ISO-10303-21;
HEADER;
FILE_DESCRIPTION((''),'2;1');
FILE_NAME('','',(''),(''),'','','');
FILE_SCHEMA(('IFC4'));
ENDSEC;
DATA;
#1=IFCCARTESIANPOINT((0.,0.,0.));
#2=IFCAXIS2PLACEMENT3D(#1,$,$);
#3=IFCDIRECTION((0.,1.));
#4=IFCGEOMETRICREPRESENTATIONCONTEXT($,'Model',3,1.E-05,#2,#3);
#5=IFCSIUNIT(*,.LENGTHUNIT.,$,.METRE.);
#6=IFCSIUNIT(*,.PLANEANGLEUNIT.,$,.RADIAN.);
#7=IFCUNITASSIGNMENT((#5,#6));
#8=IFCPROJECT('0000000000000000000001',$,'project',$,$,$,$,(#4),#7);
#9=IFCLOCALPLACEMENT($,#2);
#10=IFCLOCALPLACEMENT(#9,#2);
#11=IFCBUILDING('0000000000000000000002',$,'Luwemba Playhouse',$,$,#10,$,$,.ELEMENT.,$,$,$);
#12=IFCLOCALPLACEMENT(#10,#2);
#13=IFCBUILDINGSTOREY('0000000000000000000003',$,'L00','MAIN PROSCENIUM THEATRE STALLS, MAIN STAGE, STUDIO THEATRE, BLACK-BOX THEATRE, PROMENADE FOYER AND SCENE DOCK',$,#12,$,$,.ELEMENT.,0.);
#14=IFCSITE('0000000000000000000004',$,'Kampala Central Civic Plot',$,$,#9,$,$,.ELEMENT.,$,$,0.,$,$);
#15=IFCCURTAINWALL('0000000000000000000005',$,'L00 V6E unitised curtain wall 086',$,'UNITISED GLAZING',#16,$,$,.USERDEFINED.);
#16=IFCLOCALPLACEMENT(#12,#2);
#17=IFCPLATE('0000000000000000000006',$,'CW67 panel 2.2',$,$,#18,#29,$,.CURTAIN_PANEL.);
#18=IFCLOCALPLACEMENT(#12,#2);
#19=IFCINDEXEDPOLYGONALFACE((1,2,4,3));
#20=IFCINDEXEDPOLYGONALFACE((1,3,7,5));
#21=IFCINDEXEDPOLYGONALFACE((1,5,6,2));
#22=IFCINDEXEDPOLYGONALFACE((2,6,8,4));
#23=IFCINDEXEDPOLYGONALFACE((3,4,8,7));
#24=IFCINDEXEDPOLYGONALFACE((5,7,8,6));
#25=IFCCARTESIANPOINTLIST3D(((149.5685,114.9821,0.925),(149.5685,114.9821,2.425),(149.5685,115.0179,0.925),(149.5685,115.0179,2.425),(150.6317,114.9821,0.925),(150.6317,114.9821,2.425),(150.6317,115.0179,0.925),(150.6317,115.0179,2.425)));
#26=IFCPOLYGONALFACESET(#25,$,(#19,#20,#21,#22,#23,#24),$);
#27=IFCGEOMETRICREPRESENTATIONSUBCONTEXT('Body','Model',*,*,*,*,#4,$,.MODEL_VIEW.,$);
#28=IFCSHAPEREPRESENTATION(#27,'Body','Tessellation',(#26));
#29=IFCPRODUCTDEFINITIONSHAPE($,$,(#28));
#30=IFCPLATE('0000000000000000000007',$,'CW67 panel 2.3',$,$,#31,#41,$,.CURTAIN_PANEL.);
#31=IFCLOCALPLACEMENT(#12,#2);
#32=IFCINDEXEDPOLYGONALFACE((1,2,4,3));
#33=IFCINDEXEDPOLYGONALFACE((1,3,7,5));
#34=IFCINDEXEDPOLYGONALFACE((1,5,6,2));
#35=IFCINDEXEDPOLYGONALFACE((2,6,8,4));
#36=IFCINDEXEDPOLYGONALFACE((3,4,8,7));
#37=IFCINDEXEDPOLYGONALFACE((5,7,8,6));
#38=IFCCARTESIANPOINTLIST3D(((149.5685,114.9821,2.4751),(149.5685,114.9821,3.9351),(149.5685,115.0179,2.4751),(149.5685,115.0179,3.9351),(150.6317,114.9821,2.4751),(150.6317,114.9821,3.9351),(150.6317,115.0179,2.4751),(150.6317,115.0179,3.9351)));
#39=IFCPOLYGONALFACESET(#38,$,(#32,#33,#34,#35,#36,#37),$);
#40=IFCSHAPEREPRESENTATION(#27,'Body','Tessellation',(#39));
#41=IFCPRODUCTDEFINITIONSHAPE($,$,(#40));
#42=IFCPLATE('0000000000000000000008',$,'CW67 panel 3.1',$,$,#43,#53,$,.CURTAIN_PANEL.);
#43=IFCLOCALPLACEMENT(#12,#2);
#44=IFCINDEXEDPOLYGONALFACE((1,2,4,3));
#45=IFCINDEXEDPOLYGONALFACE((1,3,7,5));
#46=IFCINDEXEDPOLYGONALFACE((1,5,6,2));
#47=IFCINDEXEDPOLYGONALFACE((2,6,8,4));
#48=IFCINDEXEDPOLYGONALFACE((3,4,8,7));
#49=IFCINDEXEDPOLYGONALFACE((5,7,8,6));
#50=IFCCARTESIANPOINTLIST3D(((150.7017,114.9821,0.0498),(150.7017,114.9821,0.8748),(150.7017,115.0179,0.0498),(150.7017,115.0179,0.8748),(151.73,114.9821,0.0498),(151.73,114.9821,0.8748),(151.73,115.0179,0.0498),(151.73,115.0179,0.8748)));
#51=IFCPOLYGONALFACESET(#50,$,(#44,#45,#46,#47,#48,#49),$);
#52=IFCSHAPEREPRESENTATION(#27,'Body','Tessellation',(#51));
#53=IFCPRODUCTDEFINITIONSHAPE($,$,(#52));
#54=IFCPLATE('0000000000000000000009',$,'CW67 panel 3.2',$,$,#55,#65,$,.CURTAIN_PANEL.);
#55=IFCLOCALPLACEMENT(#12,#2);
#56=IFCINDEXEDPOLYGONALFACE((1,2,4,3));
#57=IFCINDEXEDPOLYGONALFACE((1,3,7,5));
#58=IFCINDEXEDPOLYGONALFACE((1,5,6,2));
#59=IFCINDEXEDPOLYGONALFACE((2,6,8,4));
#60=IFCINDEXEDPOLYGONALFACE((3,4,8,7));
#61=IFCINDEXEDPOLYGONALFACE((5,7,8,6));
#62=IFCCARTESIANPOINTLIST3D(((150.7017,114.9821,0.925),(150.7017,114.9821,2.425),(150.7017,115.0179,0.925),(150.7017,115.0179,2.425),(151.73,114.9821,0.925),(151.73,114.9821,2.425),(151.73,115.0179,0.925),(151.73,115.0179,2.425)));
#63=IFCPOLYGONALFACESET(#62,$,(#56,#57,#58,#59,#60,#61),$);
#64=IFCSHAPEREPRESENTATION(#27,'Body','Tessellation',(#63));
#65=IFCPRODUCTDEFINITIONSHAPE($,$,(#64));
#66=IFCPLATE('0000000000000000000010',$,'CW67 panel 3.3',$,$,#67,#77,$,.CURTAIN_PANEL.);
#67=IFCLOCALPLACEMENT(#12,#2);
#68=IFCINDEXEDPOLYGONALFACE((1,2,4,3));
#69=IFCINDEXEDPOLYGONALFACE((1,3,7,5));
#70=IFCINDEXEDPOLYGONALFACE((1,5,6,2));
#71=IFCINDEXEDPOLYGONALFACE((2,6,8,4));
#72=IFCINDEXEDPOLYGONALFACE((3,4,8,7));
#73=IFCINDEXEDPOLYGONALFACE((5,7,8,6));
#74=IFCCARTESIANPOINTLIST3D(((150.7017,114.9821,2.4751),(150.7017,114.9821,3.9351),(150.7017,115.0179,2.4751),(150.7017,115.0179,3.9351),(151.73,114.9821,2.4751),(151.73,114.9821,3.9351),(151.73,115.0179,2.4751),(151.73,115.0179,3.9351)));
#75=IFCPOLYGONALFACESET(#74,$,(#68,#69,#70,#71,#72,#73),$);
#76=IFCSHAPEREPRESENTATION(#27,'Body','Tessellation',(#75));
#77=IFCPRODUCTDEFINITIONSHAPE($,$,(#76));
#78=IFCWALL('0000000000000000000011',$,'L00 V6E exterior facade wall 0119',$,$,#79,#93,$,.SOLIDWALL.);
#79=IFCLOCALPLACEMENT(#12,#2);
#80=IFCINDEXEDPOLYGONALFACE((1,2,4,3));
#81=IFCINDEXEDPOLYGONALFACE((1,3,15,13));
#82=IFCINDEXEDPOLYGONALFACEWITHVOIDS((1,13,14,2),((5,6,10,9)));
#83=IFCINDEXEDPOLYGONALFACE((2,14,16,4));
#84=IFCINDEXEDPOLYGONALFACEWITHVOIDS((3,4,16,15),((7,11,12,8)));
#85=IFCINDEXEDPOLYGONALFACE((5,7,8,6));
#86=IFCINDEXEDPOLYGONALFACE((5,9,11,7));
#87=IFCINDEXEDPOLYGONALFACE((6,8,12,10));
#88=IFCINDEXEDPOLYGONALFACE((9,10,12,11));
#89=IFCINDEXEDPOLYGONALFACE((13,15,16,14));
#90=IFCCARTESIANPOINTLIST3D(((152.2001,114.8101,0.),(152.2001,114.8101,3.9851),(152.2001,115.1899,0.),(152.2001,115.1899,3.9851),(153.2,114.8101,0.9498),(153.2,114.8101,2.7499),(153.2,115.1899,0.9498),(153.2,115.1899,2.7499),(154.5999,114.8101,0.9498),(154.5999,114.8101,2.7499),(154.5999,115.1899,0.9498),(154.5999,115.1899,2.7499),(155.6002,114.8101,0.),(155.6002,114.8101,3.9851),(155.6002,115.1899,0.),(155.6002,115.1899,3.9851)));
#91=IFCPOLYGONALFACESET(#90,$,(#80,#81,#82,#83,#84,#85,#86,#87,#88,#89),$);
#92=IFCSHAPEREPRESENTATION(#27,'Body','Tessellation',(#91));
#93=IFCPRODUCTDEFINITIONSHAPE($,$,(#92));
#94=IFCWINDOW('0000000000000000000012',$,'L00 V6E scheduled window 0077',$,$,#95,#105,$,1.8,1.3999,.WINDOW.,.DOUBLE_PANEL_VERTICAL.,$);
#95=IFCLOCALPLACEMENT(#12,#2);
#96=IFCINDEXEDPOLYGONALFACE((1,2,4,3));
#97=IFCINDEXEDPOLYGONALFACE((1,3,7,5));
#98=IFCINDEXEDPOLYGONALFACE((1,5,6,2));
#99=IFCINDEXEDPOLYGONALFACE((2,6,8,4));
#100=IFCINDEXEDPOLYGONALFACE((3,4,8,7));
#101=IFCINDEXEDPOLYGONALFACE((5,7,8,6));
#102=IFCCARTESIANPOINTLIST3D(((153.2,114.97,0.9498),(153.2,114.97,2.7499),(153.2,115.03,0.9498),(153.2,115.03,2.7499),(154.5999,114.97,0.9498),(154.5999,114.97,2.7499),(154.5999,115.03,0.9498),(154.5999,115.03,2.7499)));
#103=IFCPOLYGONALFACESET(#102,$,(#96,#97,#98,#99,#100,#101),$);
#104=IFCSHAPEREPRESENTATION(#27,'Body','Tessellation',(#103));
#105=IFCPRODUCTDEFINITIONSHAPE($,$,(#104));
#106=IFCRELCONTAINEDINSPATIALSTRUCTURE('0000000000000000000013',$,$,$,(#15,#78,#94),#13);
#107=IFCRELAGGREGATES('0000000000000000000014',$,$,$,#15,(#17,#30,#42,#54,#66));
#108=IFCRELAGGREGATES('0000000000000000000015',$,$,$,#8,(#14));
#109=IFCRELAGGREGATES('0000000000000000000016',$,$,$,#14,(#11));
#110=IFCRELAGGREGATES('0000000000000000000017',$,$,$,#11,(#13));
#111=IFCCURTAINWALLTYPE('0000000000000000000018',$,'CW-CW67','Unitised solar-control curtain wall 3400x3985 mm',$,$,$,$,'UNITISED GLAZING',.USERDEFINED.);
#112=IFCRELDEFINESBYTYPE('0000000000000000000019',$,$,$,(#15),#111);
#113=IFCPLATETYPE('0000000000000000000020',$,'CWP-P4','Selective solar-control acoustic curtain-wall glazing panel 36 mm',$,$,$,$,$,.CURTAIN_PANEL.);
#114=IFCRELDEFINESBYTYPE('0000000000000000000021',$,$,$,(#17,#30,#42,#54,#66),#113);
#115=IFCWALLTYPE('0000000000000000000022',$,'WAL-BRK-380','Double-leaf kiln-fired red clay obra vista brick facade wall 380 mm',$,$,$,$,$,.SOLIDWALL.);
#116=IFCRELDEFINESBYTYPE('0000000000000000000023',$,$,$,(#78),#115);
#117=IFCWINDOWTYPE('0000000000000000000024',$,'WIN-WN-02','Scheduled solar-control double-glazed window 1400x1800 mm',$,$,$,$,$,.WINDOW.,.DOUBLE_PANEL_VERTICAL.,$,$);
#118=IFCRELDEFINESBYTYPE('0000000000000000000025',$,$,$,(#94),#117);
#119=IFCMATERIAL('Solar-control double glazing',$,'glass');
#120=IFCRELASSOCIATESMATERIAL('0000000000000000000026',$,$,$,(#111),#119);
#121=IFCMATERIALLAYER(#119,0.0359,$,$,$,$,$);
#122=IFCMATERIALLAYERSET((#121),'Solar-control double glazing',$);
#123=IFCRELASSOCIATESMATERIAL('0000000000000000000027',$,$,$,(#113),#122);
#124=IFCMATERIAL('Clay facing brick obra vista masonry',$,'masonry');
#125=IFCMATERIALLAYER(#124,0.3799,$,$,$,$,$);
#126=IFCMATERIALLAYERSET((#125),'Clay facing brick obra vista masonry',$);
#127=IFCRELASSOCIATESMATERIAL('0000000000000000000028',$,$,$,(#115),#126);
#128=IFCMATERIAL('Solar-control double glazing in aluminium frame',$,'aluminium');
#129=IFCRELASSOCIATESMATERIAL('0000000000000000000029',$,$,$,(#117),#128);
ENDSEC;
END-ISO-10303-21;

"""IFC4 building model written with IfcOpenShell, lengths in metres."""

from ifc_helpers import new_model, si_unit, direction, frame, frame_2d, origin, origin_2d, place, context, subcontext, project, spatial, rectangle, extrude, material, layer, layer_set, type_object, element, fill, aggregate, save


model = new_model("IFC4")

# Units and contexts
model_context = context("Model", 3, precision=1e-05, world=origin(), true_north=direction((0.0, 1.0)))
body_context = subcontext(model_context, "Body", "Model", "MODEL_VIEW")
ifc_project = project(units=[si_unit("LENGTHUNIT", "METRE"), si_unit("PLANEANGLEUNIT", "RADIAN")], contexts=[model_context])

# Site, building, storey
site_placement = place(None, origin())
site = spatial("IfcSite", under=ifc_project, at=site_placement, Name="Kampala Central Civic Plot", CompositionType="ELEMENT", RefElevation=0.0)
building_placement = place(site_placement, origin())
building = spatial("IfcBuilding", under=site, at=building_placement, Name="Luwemba Playhouse", CompositionType="ELEMENT")
storey_placement = place(building_placement, origin())
storey = spatial("IfcBuildingStorey", under=building, at=storey_placement, Name="L00", Description="MAIN PROSCENIUM THEATRE STALLS, MAIN STAGE, STUDIO THEATRE, BLACK-BOX THEATRE, PROMENADE FOYER AND SCENE DOCK", CompositionType="ELEMENT", Elevation=0.0)

# Shared definitions
ifc_material_1 = material(Name="Solar-control double glazing", Category="glass")

# Curtain wall, plates
curtain_wall_type_1 = type_object("IfcCurtainWallType", Name="CW-CW67", Description="Unitised solar-control curtain wall 3400x3985 mm", ElementType="UNITISED GLAZING", PredefinedType="USERDEFINED", material=ifc_material_1)
curtain_wall_1_placement = place(storey_placement, origin())
curtain_wall_1 = element("IfcCurtainWall", 1, at=curtain_wall_1_placement, inside=storey, type_object=curtain_wall_type_1, Name="L00 V6E unitised curtain wall 086", ObjectType="UNITISED GLAZING", PredefinedType="USERDEFINED")
ifc_layer_1 = layer(ifc_material_1, 0.0359)
ifc_layer_set_1 = layer_set([ifc_layer_1], Name="Solar-control double glazing")
plate_type = type_object("IfcPlateType", Name="CWP-P4", Description="Selective solar-control acoustic curtain-wall glazing panel 36 mm", PredefinedType="CURTAIN_PANEL", material=ifc_layer_set_1)
plate_1_placement = place(storey_placement, frame((150.1001, 115.0, 0.925), z_axis=(0.0, 0.0, 1.0), x_axis=(1.0, 0.0, 0.0)))
plate_1 = element("IfcPlate", 2, at=plate_1_placement, type_object=plate_type, Name="CW67 panel 2.2", PredefinedType="CURTAIN_PANEL", context=body_context, shape_type="SweptSolid", body=[
    extrude(rectangle(XDim=1.0632, YDim=0.0359, at=origin_2d()), origin(), (0.0, 0.0, 1.0), 1.5),
])
plate_2_placement = place(storey_placement, frame((150.1001, 115.0, 2.4751), z_axis=(0.0, 0.0, 1.0), x_axis=(1.0, 0.0, 0.0)))
plate_2 = element("IfcPlate", 3, at=plate_2_placement, type_object=plate_type, Name="CW67 panel 2.3", PredefinedType="CURTAIN_PANEL", context=body_context, shape_type="SweptSolid", body=[
    extrude(rectangle(XDim=1.0632, YDim=0.0359, at=origin_2d()), origin(), (0.0, 0.0, 1.0), 1.46),
])
plate_3_placement = place(storey_placement, frame((151.2158, 115.0, 0.0498), z_axis=(0.0, 0.0, 1.0), x_axis=(1.0, 0.0, 0.0)))
plate_3 = element("IfcPlate", 4, at=plate_3_placement, type_object=plate_type, Name="CW67 panel 3.1", PredefinedType="CURTAIN_PANEL", context=body_context, shape_type="SweptSolid", body=[
    extrude(rectangle(XDim=1.0283, YDim=0.0359, at=origin_2d()), origin(), (0.0, 0.0, 1.0), 0.825),
])
plate_4_placement = place(storey_placement, frame((151.2158, 115.0, 0.925), z_axis=(0.0, 0.0, 1.0), x_axis=(1.0, 0.0, 0.0)))
plate_4 = element("IfcPlate", 5, at=plate_4_placement, type_object=plate_type, Name="CW67 panel 3.2", PredefinedType="CURTAIN_PANEL", context=body_context, shape_type="SweptSolid", body=[
    extrude(rectangle(XDim=1.0283, YDim=0.0359, at=origin_2d()), origin(), (0.0, 0.0, 1.0), 1.5),
])
plate_5_placement = place(storey_placement, frame((151.2158, 115.0, 2.4751), z_axis=(0.0, 0.0, 1.0), x_axis=(1.0, 0.0, 0.0)))
plate_5 = element("IfcPlate", 6, at=plate_5_placement, type_object=plate_type, Name="CW67 panel 3.3", PredefinedType="CURTAIN_PANEL", context=body_context, shape_type="SweptSolid", body=[
    extrude(rectangle(XDim=1.0283, YDim=0.0359, at=origin_2d()), origin(), (0.0, 0.0, 1.0), 1.46),
])
aggregate(curtain_wall_1, [plate_1, plate_2, plate_3, plate_4, plate_5])

# Wall, opening, window
ifc_material_2 = material(Name="Clay facing brick obra vista masonry", Category="masonry")
ifc_layer_2 = layer(ifc_material_2, 0.3799)
ifc_layer_set_2 = layer_set([ifc_layer_2], Name="Clay facing brick obra vista masonry")
wall_type = type_object("IfcWallType", Name="WAL-BRK-380", Description="Double-leaf kiln-fired red clay obra vista brick facade wall 380 mm", PredefinedType="SOLIDWALL", material=ifc_layer_set_2)
wall_placement = place(storey_placement, frame((152.2, 115.0, 0.0), z_axis=(0.0, 0.0, 1.0), x_axis=(1.0, 0.0, 0.0)))
wall = element("IfcWall", 7, at=wall_placement, inside=storey, type_object=wall_type, Name="L00 V6E exterior facade wall 0119", PredefinedType="SOLIDWALL", context=body_context, shape_type="SweptSolid", body=[
    extrude(rectangle(XDim=3.4001, YDim=0.3799, at=frame_2d((1.7002, 0.0))), origin(), (0.0, 0.0, 1.0), 3.9851),
])
opening_placement = place(wall_placement, frame((1.0, 0.0, 0.95)))
opening = element("IfcOpeningElement", 8, at=opening_placement, cuts=wall, PredefinedType="OPENING", context=body_context, shape_type="SweptSolid", body=[
    extrude(rectangle(XDim=1.3999, YDim=1.8, at=frame_2d((0.7, 0.8999))), frame((0.0, 0.2, 0.0), z_axis=(0.0, -1.0, 0.0), x_axis=(1.0, 0.0, 0.0)), (0.0, 0.0, 1.0), 0.3999),
])
ifc_material_3 = material(Name="Solar-control double glazing in aluminium frame", Category="aluminium")
window_type = type_object("IfcWindowType", Name="WIN-WN-02", Description="Scheduled solar-control double-glazed window 1400x1800 mm", PartitioningType="DOUBLE_PANEL_VERTICAL", PredefinedType="WINDOW", material=ifc_material_3)
window_placement = place(opening_placement, origin())
window = element("IfcWindow", 9, at=window_placement, inside=storey, type_object=window_type, Name="L00 V6E scheduled window 0077", OverallHeight=1.8, OverallWidth=1.3999, PartitioningType="DOUBLE_PANEL_VERTICAL", PredefinedType="WINDOW", context=body_context, shape_type="SweptSolid", body=[
    extrude(rectangle(XDim=1.3999, YDim=1.8, at=frame_2d((0.7, 0.8999))), frame((0.0, 0.03, 0.0), z_axis=(0.0, -1.0, 0.0), x_axis=(1.0, 0.0, 0.0)), (0.0, 0.0, 1.0), 0.0601),
])
fill(opening, window)

save(model, "model.ifc")
